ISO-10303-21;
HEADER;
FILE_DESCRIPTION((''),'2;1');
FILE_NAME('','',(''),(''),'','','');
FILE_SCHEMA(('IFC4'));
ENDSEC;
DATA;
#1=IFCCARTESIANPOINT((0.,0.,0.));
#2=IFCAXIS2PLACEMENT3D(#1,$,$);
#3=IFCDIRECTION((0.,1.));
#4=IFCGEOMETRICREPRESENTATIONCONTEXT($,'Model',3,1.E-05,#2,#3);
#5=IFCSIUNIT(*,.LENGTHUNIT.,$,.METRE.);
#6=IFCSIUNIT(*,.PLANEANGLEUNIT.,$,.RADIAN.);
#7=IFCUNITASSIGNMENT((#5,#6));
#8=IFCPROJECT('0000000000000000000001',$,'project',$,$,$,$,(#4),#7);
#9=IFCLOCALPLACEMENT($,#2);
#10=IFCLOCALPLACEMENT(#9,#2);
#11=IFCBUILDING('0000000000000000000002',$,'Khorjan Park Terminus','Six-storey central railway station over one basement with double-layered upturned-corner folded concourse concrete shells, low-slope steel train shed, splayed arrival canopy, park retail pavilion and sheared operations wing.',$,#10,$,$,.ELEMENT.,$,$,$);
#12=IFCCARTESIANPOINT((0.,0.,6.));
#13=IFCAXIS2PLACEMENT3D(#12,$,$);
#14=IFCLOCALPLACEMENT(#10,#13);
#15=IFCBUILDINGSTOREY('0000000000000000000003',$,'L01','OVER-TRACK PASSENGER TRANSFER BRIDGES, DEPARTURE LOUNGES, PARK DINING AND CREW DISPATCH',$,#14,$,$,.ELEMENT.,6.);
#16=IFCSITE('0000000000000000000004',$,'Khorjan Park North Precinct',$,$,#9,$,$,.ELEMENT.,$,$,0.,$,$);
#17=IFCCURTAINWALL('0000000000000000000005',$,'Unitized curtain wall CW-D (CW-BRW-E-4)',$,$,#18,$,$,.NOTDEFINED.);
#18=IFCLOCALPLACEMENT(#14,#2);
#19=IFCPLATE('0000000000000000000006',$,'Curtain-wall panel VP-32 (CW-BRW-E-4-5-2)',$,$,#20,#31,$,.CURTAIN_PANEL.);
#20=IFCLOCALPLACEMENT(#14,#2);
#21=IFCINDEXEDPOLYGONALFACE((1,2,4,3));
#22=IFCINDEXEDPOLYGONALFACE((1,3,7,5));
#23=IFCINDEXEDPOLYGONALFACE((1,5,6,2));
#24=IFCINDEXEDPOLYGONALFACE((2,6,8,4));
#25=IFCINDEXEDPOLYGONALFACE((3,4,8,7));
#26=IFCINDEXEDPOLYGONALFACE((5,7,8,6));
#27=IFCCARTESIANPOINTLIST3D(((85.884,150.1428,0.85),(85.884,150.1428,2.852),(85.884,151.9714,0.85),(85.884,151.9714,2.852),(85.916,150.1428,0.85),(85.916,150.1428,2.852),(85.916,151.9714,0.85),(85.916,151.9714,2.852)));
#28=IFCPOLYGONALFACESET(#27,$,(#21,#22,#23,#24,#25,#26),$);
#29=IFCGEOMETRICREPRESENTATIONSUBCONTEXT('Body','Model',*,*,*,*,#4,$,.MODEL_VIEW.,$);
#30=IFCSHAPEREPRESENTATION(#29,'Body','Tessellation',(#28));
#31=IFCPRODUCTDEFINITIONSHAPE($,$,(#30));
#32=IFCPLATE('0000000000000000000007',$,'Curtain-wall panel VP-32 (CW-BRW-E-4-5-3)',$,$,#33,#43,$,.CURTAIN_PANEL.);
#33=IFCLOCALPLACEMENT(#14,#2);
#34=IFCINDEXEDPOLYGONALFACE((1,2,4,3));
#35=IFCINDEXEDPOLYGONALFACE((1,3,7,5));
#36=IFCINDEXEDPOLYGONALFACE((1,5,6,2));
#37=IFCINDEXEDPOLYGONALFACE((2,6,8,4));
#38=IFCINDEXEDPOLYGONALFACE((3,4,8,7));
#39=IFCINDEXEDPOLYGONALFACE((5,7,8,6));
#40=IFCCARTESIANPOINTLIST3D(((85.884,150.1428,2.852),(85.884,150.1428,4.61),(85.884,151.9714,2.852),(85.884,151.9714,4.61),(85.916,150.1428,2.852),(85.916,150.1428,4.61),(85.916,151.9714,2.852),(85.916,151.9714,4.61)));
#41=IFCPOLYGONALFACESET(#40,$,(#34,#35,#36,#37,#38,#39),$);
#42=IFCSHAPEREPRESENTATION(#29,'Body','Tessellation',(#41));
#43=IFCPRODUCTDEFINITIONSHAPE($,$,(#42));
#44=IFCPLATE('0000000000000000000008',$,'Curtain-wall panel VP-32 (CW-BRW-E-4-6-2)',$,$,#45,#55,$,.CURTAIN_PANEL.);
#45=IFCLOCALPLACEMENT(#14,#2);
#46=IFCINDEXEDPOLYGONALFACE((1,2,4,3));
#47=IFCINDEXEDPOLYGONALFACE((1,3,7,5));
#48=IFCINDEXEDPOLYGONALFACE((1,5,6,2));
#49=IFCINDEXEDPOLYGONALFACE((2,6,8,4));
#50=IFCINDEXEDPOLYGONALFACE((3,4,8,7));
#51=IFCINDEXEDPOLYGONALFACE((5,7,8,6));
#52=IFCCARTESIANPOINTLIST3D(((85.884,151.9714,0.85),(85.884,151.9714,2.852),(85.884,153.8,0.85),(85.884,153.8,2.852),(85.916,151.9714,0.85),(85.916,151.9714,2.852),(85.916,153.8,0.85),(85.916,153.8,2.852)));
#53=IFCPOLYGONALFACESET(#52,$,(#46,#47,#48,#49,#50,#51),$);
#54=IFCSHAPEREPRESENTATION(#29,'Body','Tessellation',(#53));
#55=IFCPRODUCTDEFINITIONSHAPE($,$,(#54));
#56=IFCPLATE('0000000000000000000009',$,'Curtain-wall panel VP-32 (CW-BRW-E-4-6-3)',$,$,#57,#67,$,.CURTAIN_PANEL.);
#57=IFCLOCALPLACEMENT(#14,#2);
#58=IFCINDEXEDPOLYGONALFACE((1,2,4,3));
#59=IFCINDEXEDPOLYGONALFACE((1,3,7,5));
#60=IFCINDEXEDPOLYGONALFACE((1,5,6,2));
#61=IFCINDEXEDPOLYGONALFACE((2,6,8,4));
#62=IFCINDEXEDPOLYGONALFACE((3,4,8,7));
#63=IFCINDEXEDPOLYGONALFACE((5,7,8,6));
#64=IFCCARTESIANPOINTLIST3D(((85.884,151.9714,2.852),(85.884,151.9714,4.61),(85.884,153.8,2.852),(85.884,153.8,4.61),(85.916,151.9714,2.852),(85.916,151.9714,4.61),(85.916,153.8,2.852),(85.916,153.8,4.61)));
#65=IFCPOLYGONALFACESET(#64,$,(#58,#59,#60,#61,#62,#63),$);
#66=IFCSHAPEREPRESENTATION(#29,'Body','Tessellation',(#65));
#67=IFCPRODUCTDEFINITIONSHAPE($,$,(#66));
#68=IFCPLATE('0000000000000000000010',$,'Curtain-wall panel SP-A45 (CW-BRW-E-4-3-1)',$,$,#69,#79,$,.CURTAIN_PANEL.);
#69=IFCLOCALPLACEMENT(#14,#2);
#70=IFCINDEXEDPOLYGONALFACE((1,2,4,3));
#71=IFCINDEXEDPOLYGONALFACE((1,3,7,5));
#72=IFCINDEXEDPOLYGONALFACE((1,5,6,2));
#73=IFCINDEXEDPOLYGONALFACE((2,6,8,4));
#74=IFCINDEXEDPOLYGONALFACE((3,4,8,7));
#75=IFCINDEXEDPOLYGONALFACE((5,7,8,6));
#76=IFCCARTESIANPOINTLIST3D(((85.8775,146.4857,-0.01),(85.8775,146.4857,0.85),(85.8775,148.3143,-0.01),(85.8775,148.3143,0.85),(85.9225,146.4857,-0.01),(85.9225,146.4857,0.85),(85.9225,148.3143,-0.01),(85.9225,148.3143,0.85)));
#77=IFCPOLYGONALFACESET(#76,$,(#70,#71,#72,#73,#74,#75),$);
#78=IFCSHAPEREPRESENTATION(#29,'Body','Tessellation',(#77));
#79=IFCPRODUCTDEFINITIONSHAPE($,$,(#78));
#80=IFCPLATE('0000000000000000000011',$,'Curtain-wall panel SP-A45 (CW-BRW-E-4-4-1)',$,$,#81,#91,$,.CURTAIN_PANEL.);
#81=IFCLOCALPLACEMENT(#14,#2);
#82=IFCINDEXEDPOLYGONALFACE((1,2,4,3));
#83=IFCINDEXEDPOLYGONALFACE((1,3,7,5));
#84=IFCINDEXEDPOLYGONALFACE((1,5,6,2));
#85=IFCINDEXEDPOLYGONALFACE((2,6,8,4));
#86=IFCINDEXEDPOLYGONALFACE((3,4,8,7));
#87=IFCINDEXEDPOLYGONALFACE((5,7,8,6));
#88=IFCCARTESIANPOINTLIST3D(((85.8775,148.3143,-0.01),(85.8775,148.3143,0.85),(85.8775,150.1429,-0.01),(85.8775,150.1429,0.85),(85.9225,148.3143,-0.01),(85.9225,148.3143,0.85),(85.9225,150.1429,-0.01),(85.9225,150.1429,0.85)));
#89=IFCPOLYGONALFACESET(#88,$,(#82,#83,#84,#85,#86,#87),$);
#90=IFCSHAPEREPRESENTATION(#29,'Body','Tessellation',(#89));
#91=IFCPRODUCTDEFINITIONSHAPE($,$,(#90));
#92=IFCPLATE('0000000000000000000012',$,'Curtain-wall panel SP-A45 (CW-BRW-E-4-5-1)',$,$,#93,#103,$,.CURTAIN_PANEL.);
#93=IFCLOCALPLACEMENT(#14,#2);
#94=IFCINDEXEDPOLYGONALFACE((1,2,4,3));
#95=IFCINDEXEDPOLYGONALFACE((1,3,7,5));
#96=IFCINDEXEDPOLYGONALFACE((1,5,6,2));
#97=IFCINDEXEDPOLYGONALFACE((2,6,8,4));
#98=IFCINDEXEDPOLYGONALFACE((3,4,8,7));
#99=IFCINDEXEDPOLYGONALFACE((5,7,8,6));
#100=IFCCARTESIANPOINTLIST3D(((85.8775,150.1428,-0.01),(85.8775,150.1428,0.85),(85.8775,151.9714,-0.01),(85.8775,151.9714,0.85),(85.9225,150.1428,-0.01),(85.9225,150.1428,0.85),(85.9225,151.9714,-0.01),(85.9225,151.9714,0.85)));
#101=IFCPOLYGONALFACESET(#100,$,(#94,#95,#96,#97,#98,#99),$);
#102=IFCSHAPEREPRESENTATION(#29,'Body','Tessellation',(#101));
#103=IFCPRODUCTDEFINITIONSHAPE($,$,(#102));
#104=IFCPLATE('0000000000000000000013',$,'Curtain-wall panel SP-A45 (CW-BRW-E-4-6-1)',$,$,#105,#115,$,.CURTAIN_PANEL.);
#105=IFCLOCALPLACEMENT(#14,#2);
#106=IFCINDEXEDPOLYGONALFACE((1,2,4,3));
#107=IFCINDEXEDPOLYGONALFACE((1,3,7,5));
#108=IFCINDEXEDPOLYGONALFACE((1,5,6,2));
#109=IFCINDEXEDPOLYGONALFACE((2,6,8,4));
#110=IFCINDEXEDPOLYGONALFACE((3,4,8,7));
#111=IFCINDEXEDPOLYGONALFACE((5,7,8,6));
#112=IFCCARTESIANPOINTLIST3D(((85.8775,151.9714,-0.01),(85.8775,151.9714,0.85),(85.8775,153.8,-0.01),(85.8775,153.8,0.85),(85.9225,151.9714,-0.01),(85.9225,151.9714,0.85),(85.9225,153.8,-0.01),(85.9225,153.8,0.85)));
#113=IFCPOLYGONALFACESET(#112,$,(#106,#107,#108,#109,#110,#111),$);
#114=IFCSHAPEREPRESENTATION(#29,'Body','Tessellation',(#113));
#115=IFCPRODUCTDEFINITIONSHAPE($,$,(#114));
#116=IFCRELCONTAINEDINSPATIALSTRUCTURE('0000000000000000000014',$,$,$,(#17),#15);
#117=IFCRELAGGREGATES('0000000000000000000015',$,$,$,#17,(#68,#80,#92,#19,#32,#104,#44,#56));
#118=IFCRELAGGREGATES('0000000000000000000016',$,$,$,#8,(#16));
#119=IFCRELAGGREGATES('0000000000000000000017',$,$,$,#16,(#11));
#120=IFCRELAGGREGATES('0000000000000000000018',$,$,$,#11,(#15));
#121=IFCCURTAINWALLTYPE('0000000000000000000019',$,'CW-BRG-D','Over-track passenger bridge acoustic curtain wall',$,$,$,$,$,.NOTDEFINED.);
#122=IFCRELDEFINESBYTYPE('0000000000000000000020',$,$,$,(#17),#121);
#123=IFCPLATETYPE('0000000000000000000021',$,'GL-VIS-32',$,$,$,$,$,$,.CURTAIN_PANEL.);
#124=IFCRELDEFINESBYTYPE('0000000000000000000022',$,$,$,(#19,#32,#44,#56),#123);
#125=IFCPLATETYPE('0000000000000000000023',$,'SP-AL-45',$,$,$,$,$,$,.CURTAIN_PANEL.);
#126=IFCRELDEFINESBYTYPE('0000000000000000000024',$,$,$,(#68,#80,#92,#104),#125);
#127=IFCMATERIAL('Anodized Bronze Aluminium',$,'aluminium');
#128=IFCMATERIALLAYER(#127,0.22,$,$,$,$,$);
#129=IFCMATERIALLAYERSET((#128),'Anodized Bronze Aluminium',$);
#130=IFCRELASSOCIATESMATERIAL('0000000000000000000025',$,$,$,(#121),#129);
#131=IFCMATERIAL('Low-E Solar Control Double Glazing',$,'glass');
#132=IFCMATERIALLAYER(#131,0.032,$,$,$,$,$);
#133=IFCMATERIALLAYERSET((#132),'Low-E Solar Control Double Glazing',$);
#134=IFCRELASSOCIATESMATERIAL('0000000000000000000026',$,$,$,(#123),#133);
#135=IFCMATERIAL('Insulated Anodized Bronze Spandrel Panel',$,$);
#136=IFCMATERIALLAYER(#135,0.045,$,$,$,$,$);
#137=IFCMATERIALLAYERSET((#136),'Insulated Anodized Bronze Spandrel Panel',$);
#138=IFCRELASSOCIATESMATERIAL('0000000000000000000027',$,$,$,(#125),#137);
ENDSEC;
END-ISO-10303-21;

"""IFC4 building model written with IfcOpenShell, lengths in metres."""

from ifc_helpers import new_model, si_unit, direction, frame, origin, origin_2d, place, context, subcontext, project, spatial, rectangle, extrude, material, layer, layer_set, type_object, element, aggregate, save


model = new_model("IFC4")

# Units and contexts
model_context = context("Model", 3, precision=1e-05, world=origin(), true_north=direction((0.0, 1.0)))
body_context = subcontext(model_context, "Body", "Model", "MODEL_VIEW")
ifc_project = project(units=[si_unit("LENGTHUNIT", "METRE"), si_unit("PLANEANGLEUNIT", "RADIAN")], contexts=[model_context])

# Site, building, storey
site_placement = place(None, origin())
site = spatial("IfcSite", under=ifc_project, at=site_placement, Name="Khorjan Park North Precinct", CompositionType="ELEMENT", RefElevation=0.0)
building_placement = place(site_placement, origin())
building = spatial("IfcBuilding", under=site, at=building_placement, Name="Khorjan Park Terminus", Description="Six-storey central railway station over one basement with double-layered upturned-corner folded concourse concrete shells, low-slope steel train shed, splayed arrival canopy, park retail pavilion and sheared operations wing.", CompositionType="ELEMENT")
storey_placement = place(building_placement, frame((0.0, 0.0, 6.0)))
storey = spatial("IfcBuildingStorey", under=building, at=storey_placement, Name="L01", Description="OVER-TRACK PASSENGER TRANSFER BRIDGES, DEPARTURE LOUNGES, PARK DINING AND CREW DISPATCH", CompositionType="ELEMENT", Elevation=6.0)

# Curtain wall, plates
ifc_material_1 = material(Name="Anodized Bronze Aluminium", Category="aluminium")
ifc_layer_1 = layer(ifc_material_1, 0.22)
ifc_layer_set_1 = layer_set([ifc_layer_1], Name="Anodized Bronze Aluminium")
curtain_wall_type = type_object("IfcCurtainWallType", Name="CW-BRG-D", Description="Over-track passenger bridge acoustic curtain wall", PredefinedType="NOTDEFINED", material=ifc_layer_set_1)
curtain_wall_placement = place(storey_placement, origin())
curtain_wall = element("IfcCurtainWall", 1, at=curtain_wall_placement, inside=storey, type_object=curtain_wall_type, Name="Unitized curtain wall CW-D (CW-BRW-E-4)", PredefinedType="NOTDEFINED")
ifc_material_2 = material(Name="Low-E Solar Control Double Glazing", Category="glass")
ifc_layer_2 = layer(ifc_material_2, 0.032)
ifc_layer_set_2 = layer_set([ifc_layer_2], Name="Low-E Solar Control Double Glazing")
plate_type_1 = type_object("IfcPlateType", Name="GL-VIS-32", PredefinedType="CURTAIN_PANEL", material=ifc_layer_set_2)
plate_1_placement = place(storey_placement, frame((85.9, 151.0571, 0.85), z_axis=(0.0, 0.0, 1.0), x_axis=(0.0, 1.0, 0.0)))
plate_1 = element("IfcPlate", 2, at=plate_1_placement, type_object=plate_type_1, Name="Curtain-wall panel VP-32 (CW-BRW-E-4-5-2)", PredefinedType="CURTAIN_PANEL", context=body_context, shape_type="SweptSolid", body=[
    extrude(rectangle(XDim=1.8286, YDim=0.032, at=origin_2d()), origin(), (0.0, 0.0, 1.0), 2.002),
])
plate_2_placement = place(storey_placement, frame((85.9, 151.0571, 2.852), z_axis=(0.0, 0.0, 1.0), x_axis=(0.0, 1.0, 0.0)))
plate_2 = element("IfcPlate", 3, at=plate_2_placement, type_object=plate_type_1, Name="Curtain-wall panel VP-32 (CW-BRW-E-4-5-3)", PredefinedType="CURTAIN_PANEL", context=body_context, shape_type="SweptSolid", body=[
    extrude(rectangle(XDim=1.8286, YDim=0.032, at=origin_2d()), origin(), (0.0, 0.0, 1.0), 1.758),
])
plate_3_placement = place(storey_placement, frame((85.9, 152.8857, 0.85), z_axis=(0.0, 0.0, 1.0), x_axis=(0.0, 1.0, 0.0)))
plate_3 = element("IfcPlate", 4, at=plate_3_placement, type_object=plate_type_1, Name="Curtain-wall panel VP-32 (CW-BRW-E-4-6-2)", PredefinedType="CURTAIN_PANEL", context=body_context, shape_type="SweptSolid", body=[
    extrude(rectangle(XDim=1.8286, YDim=0.032, at=origin_2d()), origin(), (0.0, 0.0, 1.0), 2.002),
])
plate_4_placement = place(storey_placement, frame((85.9, 152.8857, 2.852), z_axis=(0.0, 0.0, 1.0), x_axis=(0.0, 1.0, 0.0)))
plate_4 = element("IfcPlate", 5, at=plate_4_placement, type_object=plate_type_1, Name="Curtain-wall panel VP-32 (CW-BRW-E-4-6-3)", PredefinedType="CURTAIN_PANEL", context=body_context, shape_type="SweptSolid", body=[
    extrude(rectangle(XDim=1.8286, YDim=0.032, at=origin_2d()), origin(), (0.0, 0.0, 1.0), 1.758),
])
ifc_material_3 = material(Name="Insulated Anodized Bronze Spandrel Panel")
ifc_layer_3 = layer(ifc_material_3, 0.045)
ifc_layer_set_3 = layer_set([ifc_layer_3], Name="Insulated Anodized Bronze Spandrel Panel")
plate_type_2 = type_object("IfcPlateType", Name="SP-AL-45", PredefinedType="CURTAIN_PANEL", material=ifc_layer_set_3)
plate_5_placement = place(storey_placement, frame((85.9, 147.4, -0.01), z_axis=(0.0, 0.0, 1.0), x_axis=(0.0, 1.0, 0.0)))
plate_5 = element("IfcPlate", 6, at=plate_5_placement, type_object=plate_type_2, Name="Curtain-wall panel SP-A45 (CW-BRW-E-4-3-1)", PredefinedType="CURTAIN_PANEL", context=body_context, shape_type="SweptSolid", body=[
    extrude(rectangle(XDim=1.8286, YDim=0.045, at=origin_2d()), origin(), (0.0, 0.0, 1.0), 0.86),
])
plate_6_placement = place(storey_placement, frame((85.9, 149.2286, -0.01), z_axis=(0.0, 0.0, 1.0), x_axis=(0.0, 1.0, 0.0)))
plate_6 = element("IfcPlate", 7, at=plate_6_placement, type_object=plate_type_2, Name="Curtain-wall panel SP-A45 (CW-BRW-E-4-4-1)", PredefinedType="CURTAIN_PANEL", context=body_context, shape_type="SweptSolid", body=[
    extrude(rectangle(XDim=1.8286, YDim=0.045, at=origin_2d()), origin(), (0.0, 0.0, 1.0), 0.86),
])
plate_7_placement = place(storey_placement, frame((85.9, 151.0571, -0.01), z_axis=(0.0, 0.0, 1.0), x_axis=(0.0, 1.0, 0.0)))
plate_7 = element("IfcPlate", 8, at=plate_7_placement, type_object=plate_type_2, Name="Curtain-wall panel SP-A45 (CW-BRW-E-4-5-1)", PredefinedType="CURTAIN_PANEL", context=body_context, shape_type="SweptSolid", body=[
    extrude(rectangle(XDim=1.8286, YDim=0.045, at=origin_2d()), origin(), (0.0, 0.0, 1.0), 0.86),
])
plate_8_placement = place(storey_placement, frame((85.9, 152.8857, -0.01), z_axis=(0.0, 0.0, 1.0), x_axis=(0.0, 1.0, 0.0)))
plate_8 = element("IfcPlate", 9, at=plate_8_placement, type_object=plate_type_2, Name="Curtain-wall panel SP-A45 (CW-BRW-E-4-6-1)", PredefinedType="CURTAIN_PANEL", context=body_context, shape_type="SweptSolid", body=[
    extrude(rectangle(XDim=1.8286, YDim=0.045, at=origin_2d()), origin(), (0.0, 0.0, 1.0), 0.86),
])
aggregate(curtain_wall, [plate_5, plate_6, plate_7, plate_1, plate_2, plate_8, plate_3, plate_4])

save(model, "model.ifc")
